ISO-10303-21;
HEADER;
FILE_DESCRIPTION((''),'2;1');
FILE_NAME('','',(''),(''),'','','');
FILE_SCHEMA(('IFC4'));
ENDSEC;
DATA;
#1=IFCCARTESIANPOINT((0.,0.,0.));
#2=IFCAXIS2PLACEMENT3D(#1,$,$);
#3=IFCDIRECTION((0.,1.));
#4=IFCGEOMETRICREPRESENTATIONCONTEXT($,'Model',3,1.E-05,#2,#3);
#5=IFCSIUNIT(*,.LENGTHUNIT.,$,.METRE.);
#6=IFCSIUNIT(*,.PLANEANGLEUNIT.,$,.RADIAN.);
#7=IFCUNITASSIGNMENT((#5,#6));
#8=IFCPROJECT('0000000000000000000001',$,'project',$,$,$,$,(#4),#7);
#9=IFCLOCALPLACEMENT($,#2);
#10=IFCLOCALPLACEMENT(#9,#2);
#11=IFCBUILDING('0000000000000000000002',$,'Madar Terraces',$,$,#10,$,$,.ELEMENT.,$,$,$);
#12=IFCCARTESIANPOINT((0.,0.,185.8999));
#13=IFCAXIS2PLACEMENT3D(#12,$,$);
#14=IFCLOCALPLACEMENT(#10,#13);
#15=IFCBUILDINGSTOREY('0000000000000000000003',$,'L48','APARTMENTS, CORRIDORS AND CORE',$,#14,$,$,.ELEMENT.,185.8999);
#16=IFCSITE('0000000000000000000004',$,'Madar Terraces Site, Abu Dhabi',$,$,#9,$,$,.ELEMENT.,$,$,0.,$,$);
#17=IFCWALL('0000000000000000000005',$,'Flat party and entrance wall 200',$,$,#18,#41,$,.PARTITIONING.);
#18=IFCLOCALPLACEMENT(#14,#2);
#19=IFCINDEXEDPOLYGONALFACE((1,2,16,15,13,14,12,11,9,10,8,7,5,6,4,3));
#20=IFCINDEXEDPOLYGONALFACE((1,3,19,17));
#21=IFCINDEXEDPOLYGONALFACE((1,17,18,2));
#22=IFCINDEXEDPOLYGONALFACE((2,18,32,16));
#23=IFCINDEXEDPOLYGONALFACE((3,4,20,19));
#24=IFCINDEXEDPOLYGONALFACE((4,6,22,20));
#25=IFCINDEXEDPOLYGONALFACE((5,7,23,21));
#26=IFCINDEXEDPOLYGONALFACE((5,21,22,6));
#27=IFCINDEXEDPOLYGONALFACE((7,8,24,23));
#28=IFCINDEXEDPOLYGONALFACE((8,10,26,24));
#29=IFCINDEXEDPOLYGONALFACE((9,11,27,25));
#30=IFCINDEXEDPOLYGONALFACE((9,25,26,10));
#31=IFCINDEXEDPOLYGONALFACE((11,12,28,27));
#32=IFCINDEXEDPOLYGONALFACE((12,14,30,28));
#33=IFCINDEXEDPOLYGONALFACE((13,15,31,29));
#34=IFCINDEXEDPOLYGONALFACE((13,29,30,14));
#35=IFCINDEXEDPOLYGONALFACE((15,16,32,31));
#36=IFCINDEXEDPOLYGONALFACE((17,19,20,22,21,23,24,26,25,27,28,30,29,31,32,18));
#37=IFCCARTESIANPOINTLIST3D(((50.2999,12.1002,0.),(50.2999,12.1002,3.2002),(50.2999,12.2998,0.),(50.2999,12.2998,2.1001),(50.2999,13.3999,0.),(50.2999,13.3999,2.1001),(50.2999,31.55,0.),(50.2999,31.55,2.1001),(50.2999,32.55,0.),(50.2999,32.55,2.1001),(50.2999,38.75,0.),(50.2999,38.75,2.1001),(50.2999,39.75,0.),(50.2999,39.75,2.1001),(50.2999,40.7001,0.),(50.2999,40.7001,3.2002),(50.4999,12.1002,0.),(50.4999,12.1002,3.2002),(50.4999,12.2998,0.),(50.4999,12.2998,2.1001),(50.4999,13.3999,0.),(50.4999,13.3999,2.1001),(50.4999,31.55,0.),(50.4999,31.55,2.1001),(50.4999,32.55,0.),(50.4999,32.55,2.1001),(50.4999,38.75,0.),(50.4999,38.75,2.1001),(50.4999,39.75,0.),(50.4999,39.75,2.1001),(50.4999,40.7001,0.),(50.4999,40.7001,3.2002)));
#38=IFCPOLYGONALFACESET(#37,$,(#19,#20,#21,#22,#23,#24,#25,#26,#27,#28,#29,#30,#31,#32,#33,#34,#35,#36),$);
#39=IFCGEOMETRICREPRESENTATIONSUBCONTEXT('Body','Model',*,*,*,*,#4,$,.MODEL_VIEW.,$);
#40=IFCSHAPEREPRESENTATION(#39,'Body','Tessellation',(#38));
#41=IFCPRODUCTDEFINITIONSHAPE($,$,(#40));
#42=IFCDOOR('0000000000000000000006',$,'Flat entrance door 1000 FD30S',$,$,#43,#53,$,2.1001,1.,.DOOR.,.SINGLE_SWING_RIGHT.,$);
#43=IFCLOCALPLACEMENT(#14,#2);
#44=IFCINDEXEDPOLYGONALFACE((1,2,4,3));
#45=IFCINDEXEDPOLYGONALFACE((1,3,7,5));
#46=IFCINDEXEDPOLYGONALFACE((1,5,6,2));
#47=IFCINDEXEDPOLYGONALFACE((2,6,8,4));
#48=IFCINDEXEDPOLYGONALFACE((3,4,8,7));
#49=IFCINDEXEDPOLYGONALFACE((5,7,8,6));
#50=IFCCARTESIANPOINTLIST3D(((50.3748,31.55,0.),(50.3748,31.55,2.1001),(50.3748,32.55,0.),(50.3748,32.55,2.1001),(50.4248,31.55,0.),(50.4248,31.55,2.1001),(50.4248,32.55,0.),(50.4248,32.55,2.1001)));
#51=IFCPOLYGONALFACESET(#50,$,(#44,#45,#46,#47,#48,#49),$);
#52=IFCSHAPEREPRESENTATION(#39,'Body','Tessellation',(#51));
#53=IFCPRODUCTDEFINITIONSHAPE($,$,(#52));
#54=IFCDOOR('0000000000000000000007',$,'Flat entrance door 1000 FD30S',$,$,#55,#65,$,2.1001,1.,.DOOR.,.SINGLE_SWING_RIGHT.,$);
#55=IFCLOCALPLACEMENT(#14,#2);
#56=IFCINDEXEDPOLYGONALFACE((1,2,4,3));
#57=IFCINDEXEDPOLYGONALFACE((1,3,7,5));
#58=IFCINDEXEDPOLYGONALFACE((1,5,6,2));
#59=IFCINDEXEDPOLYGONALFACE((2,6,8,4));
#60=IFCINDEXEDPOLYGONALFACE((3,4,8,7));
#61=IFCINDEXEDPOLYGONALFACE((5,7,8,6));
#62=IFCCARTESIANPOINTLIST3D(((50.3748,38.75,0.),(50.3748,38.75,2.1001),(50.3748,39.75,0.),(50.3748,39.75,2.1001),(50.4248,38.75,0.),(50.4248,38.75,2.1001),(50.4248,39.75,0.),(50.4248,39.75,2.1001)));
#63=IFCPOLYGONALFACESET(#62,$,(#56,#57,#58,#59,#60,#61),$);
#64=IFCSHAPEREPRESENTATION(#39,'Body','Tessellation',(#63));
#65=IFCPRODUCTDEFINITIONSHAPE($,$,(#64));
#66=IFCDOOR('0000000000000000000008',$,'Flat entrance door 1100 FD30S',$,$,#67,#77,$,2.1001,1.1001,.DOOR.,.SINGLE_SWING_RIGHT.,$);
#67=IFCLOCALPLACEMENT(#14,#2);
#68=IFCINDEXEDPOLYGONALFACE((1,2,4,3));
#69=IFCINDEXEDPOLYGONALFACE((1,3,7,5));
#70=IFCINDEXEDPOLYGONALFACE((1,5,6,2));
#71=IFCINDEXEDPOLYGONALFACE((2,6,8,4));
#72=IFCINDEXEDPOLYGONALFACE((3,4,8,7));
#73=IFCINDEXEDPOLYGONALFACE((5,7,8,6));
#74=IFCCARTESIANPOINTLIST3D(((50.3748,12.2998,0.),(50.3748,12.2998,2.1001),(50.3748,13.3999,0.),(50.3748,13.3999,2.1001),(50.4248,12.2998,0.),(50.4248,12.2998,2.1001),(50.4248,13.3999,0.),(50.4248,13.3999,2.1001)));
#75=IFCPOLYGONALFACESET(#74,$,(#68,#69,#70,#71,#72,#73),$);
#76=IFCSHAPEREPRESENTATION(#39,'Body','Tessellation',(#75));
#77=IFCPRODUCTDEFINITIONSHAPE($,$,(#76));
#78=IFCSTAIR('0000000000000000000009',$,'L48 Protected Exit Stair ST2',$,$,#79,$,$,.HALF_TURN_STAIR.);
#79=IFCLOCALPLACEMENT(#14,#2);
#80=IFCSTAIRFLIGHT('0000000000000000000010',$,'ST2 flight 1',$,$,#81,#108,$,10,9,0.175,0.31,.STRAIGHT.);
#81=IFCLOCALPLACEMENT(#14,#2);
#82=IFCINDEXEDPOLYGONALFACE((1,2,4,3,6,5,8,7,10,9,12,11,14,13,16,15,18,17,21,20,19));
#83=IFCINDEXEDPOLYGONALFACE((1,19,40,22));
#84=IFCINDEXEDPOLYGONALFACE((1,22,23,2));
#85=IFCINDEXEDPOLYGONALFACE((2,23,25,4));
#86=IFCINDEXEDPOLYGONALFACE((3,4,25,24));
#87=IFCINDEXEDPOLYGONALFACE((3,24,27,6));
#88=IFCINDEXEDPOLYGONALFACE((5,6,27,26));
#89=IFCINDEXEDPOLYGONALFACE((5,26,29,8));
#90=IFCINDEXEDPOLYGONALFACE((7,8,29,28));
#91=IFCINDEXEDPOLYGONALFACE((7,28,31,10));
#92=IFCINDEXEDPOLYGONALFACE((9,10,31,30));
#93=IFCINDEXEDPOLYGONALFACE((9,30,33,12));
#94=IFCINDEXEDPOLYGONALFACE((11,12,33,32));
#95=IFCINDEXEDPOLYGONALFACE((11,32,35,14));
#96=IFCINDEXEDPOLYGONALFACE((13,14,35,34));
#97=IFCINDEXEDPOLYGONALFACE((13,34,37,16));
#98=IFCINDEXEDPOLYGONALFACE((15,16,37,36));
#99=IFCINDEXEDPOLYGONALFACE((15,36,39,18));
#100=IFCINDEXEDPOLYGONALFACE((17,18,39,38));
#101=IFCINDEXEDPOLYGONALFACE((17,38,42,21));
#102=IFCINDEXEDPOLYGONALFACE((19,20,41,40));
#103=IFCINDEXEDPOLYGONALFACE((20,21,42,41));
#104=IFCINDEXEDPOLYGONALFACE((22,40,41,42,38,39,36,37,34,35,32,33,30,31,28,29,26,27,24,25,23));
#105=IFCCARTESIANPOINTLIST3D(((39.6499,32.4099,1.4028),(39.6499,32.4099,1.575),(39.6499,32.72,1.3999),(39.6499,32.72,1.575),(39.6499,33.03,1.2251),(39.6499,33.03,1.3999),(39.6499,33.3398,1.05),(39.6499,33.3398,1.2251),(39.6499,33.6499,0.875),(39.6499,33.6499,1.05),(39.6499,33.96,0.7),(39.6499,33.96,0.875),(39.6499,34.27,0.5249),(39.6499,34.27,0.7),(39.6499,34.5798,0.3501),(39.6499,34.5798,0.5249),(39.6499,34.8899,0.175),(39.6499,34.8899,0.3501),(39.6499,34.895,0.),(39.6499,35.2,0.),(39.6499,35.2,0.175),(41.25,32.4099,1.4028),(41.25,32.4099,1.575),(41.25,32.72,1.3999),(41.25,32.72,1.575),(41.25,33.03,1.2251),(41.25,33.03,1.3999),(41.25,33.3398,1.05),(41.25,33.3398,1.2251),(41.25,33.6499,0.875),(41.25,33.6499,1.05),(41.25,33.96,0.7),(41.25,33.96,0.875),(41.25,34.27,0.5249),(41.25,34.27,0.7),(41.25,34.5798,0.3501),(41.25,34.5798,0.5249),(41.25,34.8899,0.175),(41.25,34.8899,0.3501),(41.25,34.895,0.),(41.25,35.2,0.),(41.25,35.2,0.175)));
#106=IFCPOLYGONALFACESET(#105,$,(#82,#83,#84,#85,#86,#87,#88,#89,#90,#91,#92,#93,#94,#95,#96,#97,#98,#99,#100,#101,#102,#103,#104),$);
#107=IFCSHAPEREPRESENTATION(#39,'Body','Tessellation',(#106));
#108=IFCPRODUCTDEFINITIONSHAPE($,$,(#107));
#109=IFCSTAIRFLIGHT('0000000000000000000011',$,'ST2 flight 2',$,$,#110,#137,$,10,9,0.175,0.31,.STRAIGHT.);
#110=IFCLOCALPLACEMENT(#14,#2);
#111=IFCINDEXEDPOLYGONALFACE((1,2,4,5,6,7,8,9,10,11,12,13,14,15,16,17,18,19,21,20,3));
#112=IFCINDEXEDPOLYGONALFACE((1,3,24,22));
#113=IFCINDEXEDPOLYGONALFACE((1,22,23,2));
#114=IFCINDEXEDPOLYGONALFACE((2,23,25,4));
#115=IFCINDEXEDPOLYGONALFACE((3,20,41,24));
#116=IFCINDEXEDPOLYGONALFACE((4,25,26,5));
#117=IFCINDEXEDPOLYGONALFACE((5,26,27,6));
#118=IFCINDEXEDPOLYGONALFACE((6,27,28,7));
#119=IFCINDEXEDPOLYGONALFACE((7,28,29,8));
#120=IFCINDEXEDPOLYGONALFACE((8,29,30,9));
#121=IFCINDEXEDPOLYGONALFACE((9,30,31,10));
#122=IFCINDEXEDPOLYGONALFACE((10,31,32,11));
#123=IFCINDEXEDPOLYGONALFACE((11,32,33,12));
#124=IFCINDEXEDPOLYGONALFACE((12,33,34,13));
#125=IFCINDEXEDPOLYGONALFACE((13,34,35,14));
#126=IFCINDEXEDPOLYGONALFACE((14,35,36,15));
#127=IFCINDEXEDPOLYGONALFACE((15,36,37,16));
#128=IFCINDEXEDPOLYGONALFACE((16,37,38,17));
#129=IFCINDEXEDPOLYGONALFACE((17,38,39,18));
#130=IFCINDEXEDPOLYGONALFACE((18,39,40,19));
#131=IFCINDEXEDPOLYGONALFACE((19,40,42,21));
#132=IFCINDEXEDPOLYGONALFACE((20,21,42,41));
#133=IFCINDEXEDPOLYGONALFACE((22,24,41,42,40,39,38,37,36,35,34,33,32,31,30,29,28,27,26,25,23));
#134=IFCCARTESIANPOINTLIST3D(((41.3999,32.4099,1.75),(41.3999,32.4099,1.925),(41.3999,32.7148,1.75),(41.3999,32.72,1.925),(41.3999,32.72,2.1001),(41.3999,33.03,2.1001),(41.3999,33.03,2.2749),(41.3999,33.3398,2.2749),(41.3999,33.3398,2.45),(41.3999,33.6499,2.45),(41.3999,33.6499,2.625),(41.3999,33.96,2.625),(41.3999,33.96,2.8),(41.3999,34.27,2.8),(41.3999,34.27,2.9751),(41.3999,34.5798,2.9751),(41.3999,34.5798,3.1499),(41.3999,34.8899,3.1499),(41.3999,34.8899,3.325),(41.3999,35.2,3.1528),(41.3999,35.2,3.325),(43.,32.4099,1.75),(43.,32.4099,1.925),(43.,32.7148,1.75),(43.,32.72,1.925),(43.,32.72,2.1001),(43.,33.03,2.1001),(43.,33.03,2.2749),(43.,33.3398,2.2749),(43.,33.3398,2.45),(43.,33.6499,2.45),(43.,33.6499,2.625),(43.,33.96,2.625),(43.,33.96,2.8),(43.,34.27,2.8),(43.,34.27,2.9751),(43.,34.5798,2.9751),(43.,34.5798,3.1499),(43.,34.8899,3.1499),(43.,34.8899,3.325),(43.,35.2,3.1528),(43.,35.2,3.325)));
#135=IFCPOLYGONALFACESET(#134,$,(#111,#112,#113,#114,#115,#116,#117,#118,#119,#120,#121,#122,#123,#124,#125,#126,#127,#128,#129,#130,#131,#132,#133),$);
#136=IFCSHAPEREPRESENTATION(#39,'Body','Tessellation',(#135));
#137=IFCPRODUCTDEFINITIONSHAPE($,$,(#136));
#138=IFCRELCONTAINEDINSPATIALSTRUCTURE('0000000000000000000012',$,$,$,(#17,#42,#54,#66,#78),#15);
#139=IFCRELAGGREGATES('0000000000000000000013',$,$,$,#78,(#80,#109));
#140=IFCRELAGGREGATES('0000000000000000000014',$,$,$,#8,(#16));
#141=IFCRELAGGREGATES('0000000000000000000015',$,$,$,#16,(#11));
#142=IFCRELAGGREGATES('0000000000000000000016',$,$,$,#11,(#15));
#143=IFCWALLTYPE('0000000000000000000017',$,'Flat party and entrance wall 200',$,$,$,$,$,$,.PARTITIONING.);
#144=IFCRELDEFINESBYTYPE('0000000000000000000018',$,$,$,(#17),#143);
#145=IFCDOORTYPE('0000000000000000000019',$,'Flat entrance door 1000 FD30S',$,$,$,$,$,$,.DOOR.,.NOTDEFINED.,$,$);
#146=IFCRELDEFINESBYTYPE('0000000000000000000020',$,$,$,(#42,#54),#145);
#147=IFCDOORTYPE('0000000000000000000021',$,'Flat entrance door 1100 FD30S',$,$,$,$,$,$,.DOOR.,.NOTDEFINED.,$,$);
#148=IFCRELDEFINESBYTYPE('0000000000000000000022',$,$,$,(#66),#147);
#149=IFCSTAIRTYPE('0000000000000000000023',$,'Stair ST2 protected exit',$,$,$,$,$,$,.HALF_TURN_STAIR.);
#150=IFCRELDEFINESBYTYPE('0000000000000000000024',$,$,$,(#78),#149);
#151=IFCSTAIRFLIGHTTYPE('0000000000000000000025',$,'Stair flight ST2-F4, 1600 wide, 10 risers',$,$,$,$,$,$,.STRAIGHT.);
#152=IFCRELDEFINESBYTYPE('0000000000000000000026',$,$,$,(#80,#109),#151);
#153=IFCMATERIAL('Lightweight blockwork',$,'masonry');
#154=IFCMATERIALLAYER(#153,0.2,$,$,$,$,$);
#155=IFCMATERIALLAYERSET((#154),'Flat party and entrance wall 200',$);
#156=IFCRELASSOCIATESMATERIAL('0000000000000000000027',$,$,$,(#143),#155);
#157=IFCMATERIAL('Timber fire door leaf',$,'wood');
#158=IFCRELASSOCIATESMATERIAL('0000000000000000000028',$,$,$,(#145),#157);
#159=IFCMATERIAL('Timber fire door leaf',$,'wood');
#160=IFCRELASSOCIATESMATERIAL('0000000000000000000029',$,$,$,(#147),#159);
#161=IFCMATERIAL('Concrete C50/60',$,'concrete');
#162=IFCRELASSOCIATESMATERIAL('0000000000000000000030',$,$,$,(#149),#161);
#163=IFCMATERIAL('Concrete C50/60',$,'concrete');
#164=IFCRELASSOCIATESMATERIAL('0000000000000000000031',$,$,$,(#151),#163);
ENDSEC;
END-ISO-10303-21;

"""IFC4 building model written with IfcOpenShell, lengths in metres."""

from ifc_helpers import new_model, si_unit, direction, frame, frame_2d, origin, place, context, subcontext, project, spatial, polyline, rectangle, outline, extrude, material, layer, layer_set, type_object, element, fill, aggregate, save


model = new_model("IFC4")

# Units and contexts
model_context = context("Model", 3, precision=1e-05, world=origin(), true_north=direction((0.0, 1.0)))
body_context = subcontext(model_context, "Body", "Model", "MODEL_VIEW")
ifc_project = project(units=[si_unit("LENGTHUNIT", "METRE"), si_unit("PLANEANGLEUNIT", "RADIAN")], contexts=[model_context])

# Site, building, storey
site_placement = place(None, origin())
site = spatial("IfcSite", under=ifc_project, at=site_placement, Name="Madar Terraces Site, Abu Dhabi", CompositionType="ELEMENT", RefElevation=0.0)
building_placement = place(site_placement, origin())
building = spatial("IfcBuilding", under=site, at=building_placement, Name="Madar Terraces", CompositionType="ELEMENT")
storey_placement = place(building_placement, frame((0.0, 0.0, 185.8999)))
storey = spatial("IfcBuildingStorey", under=building, at=storey_placement, Name="L48", Description="APARTMENTS, CORRIDORS AND CORE", CompositionType="ELEMENT", Elevation=185.8999)

# Wall, openings, doors
ifc_material_1 = material(Name="Lightweight blockwork", Category="masonry")
ifc_layer_1 = layer(ifc_material_1, 0.2)
ifc_layer_set_1 = layer_set([ifc_layer_1], Name="Flat party and entrance wall 200")
wall_type_1 = type_object("IfcWallType", Name="Flat party and entrance wall 200", PredefinedType="PARTITIONING", material=ifc_layer_set_1)
wall_1_placement = place(storey_placement, frame((50.3999, 40.7, 0.0), z_axis=(0.0, 0.0, 1.0), x_axis=(0.0, -1.0, 0.0)))
wall_1 = element("IfcWall", 1, at=wall_1_placement, inside=storey, type_object=wall_type_1, Name="Flat party and entrance wall 200", PredefinedType="PARTITIONING", context=body_context, shape_type="SweptSolid", body=[
    extrude(rectangle(XDim=28.5999, YDim=0.2, at=frame_2d((14.2998, 0.0))), origin(), (0.0, 0.0, 1.0), 3.2002),
])
opening_1_placement = place(wall_1_placement, frame((27.3, 0.0, 0.0)))
opening_1 = element("IfcOpeningElement", 2, at=opening_1_placement, cuts=wall_1, PredefinedType="OPENING", context=body_context, shape_type="SweptSolid", body=[
    extrude(rectangle(XDim=1.1001, YDim=2.1001, at=frame_2d((0.55, 1.05))), frame((0.0, 0.1099, 0.0), z_axis=(0.0, -1.0, 0.0), x_axis=(1.0, 0.0, 0.0)), (0.0, 0.0, 1.0), 0.22),
])
opening_2_placement = place(wall_1_placement, frame((8.1499, 0.0, 0.0)))
opening_2 = element("IfcOpeningElement", 3, at=opening_2_placement, cuts=wall_1, PredefinedType="OPENING", context=body_context, shape_type="SweptSolid", body=[
    extrude(rectangle(XDim=1.0, YDim=2.1001, at=frame_2d((0.5, 1.05))), frame((0.0, 0.1099, 0.0), z_axis=(0.0, -1.0, 0.0), x_axis=(1.0, 0.0, 0.0)), (0.0, 0.0, 1.0), 0.22),
])
opening_3_placement = place(wall_1_placement, frame((0.95, 0.0, 0.0)))
opening_3 = element("IfcOpeningElement", 4, at=opening_3_placement, cuts=wall_1, PredefinedType="OPENING", context=body_context, shape_type="SweptSolid", body=[
    extrude(rectangle(XDim=1.0, YDim=2.1001, at=frame_2d((0.5, 1.05))), frame((0.0, 0.1099, 0.0), z_axis=(0.0, -1.0, 0.0), x_axis=(1.0, 0.0, 0.0)), (0.0, 0.0, 1.0), 0.22),
])
ifc_material_2 = material(Name="Timber fire door leaf", Category="wood")
door_type_1 = type_object("IfcDoorType", Name="Flat entrance door 1000 FD30S", OperationType="NOTDEFINED", PredefinedType="DOOR", material=ifc_material_2)
door_1_placement = place(opening_2_placement, origin())
door_1 = element("IfcDoor", 5, at=door_1_placement, inside=storey, type_object=door_type_1, Name="Flat entrance door 1000 FD30S", OperationType="SINGLE_SWING_RIGHT", OverallHeight=2.1001, OverallWidth=1.0, PredefinedType="DOOR", context=body_context, shape_type="SweptSolid", body=[
    extrude(rectangle(XDim=1.0, YDim=2.1001, at=frame_2d((0.5, 1.05))), frame((0.0, 0.0249, 0.0), z_axis=(0.0, -1.0, 0.0), x_axis=(1.0, 0.0, 0.0)), (0.0, 0.0, 1.0), 0.05),
])
fill(opening_2, door_1)
door_2_placement = place(opening_3_placement, origin())
door_2 = element("IfcDoor", 6, at=door_2_placement, inside=storey, type_object=door_type_1, Name="Flat entrance door 1000 FD30S", OperationType="SINGLE_SWING_RIGHT", OverallHeight=2.1001, OverallWidth=1.0, PredefinedType="DOOR", context=body_context, shape_type="SweptSolid", body=[
    extrude(rectangle(XDim=1.0, YDim=2.1001, at=frame_2d((0.5, 1.05))), frame((0.0, 0.0249, 0.0), z_axis=(0.0, -1.0, 0.0), x_axis=(1.0, 0.0, 0.0)), (0.0, 0.0, 1.0), 0.05),
])
fill(opening_3, door_2)
ifc_material_3 = material(Name="Timber fire door leaf", Category="wood")
door_type_2 = type_object("IfcDoorType", Name="Flat entrance door 1100 FD30S", OperationType="NOTDEFINED", PredefinedType="DOOR", material=ifc_material_3)
door_3_placement = place(opening_1_placement, origin())
door_3 = element("IfcDoor", 7, at=door_3_placement, inside=storey, type_object=door_type_2, Name="Flat entrance door 1100 FD30S", OperationType="SINGLE_SWING_RIGHT", OverallHeight=2.1001, OverallWidth=1.1001, PredefinedType="DOOR", context=body_context, shape_type="SweptSolid", body=[
    extrude(rectangle(XDim=1.1001, YDim=2.1001, at=frame_2d((0.55, 1.05))), frame((0.0, 0.0249, 0.0), z_axis=(0.0, -1.0, 0.0), x_axis=(1.0, 0.0, 0.0)), (0.0, 0.0, 1.0), 0.05),
])
fill(opening_1, door_3)

# Stair, stair flights
ifc_material_4 = material(Name="Concrete C50/60", Category="concrete")
stair_type = type_object("IfcStairType", Name="Stair ST2 protected exit", PredefinedType="HALF_TURN_STAIR", material=ifc_material_4)
stair_placement = place(storey_placement, origin())
stair = element("IfcStair", 8, at=stair_placement, inside=storey, type_object=stair_type, Name="L48 Protected Exit Stair ST2", PredefinedType="HALF_TURN_STAIR")
ifc_material_5 = material(Name="Concrete C50/60", Category="concrete")
stair_flight_type = type_object("IfcStairFlightType", Name="Stair flight ST2-F4, 1600 wide, 10 risers", PredefinedType="STRAIGHT", material=ifc_material_5)
stair_flight_1_placement = place(storey_placement, frame((40.45, 35.2, 0.0), z_axis=(0.0, 0.0, 1.0), x_axis=(0.0, -1.0, 0.0)))
stair_flight_1 = element("IfcStairFlight", 9, at=stair_flight_1_placement, type_object=stair_flight_type, Name="ST2 flight 1", NumberOfRisers=10, NumberOfTreads=9, PredefinedType="STRAIGHT", RiserHeight=0.175, TreadLength=0.31, context=body_context, shape_type="SweptSolid", body=[
    extrude(outline(polyline([(0.0, 0.0), (0.0, 0.175), (0.3101, 0.175), (0.3101, 0.3501), (0.6201, 0.3501), (0.6201, 0.5249), (0.9299, 0.5249), (0.9299, 0.7), (1.24, 0.7), (1.24, 0.875), (1.55, 0.875), (1.55, 1.05), (1.8601, 1.05), (1.8601, 1.2251), (2.1699, 1.2251), (2.1699, 1.3999), (2.48, 1.3999), (2.48, 1.575), (2.79, 1.575), (2.79, 1.75), (2.79, 1.4028), (0.3049, 0.0), (0.0, 0.0)])), frame((0.0, 0.8, 0.0), z_axis=(0.0, -1.0, 0.0), x_axis=(1.0, 0.0, 0.0)), (0.0, 0.0, 1.0), 1.6001),
])
stair_flight_2_placement = place(storey_placement, frame((42.2, 32.4099, 1.75), z_axis=(0.0, 0.0, 1.0), x_axis=(0.0, 1.0, 0.0)))
stair_flight_2 = element("IfcStairFlight", 10, at=stair_flight_2_placement, type_object=stair_flight_type, Name="ST2 flight 2", NumberOfRisers=10, NumberOfTreads=9, PredefinedType="STRAIGHT", RiserHeight=0.175, TreadLength=0.31, context=body_context, shape_type="SweptSolid", body=[
    extrude(outline(polyline([(0.0, 0.0), (0.0, 0.175), (0.3101, 0.175), (0.3101, 0.3501), (0.6201, 0.3501), (0.6201, 0.5249), (0.9299, 0.5249), (0.9299, 0.7), (1.24, 0.7), (1.24, 0.875), (1.55, 0.875), (1.55, 1.05), (1.8601, 1.05), (1.8601, 1.2251), (2.1699, 1.2251), (2.1699, 1.3999), (2.48, 1.3999), (2.48, 1.575), (2.79, 1.575), (2.79, 1.75), (2.79, 1.4028), (0.3049, 0.0), (0.0, 0.0)])), frame((0.0, 0.8, 0.0), z_axis=(0.0, -1.0, 0.0), x_axis=(1.0, 0.0, 0.0)), (0.0, 0.0, 1.0), 1.6001),
])
aggregate(stair, [stair_flight_1, stair_flight_2])

save(model, "model.ifc")
